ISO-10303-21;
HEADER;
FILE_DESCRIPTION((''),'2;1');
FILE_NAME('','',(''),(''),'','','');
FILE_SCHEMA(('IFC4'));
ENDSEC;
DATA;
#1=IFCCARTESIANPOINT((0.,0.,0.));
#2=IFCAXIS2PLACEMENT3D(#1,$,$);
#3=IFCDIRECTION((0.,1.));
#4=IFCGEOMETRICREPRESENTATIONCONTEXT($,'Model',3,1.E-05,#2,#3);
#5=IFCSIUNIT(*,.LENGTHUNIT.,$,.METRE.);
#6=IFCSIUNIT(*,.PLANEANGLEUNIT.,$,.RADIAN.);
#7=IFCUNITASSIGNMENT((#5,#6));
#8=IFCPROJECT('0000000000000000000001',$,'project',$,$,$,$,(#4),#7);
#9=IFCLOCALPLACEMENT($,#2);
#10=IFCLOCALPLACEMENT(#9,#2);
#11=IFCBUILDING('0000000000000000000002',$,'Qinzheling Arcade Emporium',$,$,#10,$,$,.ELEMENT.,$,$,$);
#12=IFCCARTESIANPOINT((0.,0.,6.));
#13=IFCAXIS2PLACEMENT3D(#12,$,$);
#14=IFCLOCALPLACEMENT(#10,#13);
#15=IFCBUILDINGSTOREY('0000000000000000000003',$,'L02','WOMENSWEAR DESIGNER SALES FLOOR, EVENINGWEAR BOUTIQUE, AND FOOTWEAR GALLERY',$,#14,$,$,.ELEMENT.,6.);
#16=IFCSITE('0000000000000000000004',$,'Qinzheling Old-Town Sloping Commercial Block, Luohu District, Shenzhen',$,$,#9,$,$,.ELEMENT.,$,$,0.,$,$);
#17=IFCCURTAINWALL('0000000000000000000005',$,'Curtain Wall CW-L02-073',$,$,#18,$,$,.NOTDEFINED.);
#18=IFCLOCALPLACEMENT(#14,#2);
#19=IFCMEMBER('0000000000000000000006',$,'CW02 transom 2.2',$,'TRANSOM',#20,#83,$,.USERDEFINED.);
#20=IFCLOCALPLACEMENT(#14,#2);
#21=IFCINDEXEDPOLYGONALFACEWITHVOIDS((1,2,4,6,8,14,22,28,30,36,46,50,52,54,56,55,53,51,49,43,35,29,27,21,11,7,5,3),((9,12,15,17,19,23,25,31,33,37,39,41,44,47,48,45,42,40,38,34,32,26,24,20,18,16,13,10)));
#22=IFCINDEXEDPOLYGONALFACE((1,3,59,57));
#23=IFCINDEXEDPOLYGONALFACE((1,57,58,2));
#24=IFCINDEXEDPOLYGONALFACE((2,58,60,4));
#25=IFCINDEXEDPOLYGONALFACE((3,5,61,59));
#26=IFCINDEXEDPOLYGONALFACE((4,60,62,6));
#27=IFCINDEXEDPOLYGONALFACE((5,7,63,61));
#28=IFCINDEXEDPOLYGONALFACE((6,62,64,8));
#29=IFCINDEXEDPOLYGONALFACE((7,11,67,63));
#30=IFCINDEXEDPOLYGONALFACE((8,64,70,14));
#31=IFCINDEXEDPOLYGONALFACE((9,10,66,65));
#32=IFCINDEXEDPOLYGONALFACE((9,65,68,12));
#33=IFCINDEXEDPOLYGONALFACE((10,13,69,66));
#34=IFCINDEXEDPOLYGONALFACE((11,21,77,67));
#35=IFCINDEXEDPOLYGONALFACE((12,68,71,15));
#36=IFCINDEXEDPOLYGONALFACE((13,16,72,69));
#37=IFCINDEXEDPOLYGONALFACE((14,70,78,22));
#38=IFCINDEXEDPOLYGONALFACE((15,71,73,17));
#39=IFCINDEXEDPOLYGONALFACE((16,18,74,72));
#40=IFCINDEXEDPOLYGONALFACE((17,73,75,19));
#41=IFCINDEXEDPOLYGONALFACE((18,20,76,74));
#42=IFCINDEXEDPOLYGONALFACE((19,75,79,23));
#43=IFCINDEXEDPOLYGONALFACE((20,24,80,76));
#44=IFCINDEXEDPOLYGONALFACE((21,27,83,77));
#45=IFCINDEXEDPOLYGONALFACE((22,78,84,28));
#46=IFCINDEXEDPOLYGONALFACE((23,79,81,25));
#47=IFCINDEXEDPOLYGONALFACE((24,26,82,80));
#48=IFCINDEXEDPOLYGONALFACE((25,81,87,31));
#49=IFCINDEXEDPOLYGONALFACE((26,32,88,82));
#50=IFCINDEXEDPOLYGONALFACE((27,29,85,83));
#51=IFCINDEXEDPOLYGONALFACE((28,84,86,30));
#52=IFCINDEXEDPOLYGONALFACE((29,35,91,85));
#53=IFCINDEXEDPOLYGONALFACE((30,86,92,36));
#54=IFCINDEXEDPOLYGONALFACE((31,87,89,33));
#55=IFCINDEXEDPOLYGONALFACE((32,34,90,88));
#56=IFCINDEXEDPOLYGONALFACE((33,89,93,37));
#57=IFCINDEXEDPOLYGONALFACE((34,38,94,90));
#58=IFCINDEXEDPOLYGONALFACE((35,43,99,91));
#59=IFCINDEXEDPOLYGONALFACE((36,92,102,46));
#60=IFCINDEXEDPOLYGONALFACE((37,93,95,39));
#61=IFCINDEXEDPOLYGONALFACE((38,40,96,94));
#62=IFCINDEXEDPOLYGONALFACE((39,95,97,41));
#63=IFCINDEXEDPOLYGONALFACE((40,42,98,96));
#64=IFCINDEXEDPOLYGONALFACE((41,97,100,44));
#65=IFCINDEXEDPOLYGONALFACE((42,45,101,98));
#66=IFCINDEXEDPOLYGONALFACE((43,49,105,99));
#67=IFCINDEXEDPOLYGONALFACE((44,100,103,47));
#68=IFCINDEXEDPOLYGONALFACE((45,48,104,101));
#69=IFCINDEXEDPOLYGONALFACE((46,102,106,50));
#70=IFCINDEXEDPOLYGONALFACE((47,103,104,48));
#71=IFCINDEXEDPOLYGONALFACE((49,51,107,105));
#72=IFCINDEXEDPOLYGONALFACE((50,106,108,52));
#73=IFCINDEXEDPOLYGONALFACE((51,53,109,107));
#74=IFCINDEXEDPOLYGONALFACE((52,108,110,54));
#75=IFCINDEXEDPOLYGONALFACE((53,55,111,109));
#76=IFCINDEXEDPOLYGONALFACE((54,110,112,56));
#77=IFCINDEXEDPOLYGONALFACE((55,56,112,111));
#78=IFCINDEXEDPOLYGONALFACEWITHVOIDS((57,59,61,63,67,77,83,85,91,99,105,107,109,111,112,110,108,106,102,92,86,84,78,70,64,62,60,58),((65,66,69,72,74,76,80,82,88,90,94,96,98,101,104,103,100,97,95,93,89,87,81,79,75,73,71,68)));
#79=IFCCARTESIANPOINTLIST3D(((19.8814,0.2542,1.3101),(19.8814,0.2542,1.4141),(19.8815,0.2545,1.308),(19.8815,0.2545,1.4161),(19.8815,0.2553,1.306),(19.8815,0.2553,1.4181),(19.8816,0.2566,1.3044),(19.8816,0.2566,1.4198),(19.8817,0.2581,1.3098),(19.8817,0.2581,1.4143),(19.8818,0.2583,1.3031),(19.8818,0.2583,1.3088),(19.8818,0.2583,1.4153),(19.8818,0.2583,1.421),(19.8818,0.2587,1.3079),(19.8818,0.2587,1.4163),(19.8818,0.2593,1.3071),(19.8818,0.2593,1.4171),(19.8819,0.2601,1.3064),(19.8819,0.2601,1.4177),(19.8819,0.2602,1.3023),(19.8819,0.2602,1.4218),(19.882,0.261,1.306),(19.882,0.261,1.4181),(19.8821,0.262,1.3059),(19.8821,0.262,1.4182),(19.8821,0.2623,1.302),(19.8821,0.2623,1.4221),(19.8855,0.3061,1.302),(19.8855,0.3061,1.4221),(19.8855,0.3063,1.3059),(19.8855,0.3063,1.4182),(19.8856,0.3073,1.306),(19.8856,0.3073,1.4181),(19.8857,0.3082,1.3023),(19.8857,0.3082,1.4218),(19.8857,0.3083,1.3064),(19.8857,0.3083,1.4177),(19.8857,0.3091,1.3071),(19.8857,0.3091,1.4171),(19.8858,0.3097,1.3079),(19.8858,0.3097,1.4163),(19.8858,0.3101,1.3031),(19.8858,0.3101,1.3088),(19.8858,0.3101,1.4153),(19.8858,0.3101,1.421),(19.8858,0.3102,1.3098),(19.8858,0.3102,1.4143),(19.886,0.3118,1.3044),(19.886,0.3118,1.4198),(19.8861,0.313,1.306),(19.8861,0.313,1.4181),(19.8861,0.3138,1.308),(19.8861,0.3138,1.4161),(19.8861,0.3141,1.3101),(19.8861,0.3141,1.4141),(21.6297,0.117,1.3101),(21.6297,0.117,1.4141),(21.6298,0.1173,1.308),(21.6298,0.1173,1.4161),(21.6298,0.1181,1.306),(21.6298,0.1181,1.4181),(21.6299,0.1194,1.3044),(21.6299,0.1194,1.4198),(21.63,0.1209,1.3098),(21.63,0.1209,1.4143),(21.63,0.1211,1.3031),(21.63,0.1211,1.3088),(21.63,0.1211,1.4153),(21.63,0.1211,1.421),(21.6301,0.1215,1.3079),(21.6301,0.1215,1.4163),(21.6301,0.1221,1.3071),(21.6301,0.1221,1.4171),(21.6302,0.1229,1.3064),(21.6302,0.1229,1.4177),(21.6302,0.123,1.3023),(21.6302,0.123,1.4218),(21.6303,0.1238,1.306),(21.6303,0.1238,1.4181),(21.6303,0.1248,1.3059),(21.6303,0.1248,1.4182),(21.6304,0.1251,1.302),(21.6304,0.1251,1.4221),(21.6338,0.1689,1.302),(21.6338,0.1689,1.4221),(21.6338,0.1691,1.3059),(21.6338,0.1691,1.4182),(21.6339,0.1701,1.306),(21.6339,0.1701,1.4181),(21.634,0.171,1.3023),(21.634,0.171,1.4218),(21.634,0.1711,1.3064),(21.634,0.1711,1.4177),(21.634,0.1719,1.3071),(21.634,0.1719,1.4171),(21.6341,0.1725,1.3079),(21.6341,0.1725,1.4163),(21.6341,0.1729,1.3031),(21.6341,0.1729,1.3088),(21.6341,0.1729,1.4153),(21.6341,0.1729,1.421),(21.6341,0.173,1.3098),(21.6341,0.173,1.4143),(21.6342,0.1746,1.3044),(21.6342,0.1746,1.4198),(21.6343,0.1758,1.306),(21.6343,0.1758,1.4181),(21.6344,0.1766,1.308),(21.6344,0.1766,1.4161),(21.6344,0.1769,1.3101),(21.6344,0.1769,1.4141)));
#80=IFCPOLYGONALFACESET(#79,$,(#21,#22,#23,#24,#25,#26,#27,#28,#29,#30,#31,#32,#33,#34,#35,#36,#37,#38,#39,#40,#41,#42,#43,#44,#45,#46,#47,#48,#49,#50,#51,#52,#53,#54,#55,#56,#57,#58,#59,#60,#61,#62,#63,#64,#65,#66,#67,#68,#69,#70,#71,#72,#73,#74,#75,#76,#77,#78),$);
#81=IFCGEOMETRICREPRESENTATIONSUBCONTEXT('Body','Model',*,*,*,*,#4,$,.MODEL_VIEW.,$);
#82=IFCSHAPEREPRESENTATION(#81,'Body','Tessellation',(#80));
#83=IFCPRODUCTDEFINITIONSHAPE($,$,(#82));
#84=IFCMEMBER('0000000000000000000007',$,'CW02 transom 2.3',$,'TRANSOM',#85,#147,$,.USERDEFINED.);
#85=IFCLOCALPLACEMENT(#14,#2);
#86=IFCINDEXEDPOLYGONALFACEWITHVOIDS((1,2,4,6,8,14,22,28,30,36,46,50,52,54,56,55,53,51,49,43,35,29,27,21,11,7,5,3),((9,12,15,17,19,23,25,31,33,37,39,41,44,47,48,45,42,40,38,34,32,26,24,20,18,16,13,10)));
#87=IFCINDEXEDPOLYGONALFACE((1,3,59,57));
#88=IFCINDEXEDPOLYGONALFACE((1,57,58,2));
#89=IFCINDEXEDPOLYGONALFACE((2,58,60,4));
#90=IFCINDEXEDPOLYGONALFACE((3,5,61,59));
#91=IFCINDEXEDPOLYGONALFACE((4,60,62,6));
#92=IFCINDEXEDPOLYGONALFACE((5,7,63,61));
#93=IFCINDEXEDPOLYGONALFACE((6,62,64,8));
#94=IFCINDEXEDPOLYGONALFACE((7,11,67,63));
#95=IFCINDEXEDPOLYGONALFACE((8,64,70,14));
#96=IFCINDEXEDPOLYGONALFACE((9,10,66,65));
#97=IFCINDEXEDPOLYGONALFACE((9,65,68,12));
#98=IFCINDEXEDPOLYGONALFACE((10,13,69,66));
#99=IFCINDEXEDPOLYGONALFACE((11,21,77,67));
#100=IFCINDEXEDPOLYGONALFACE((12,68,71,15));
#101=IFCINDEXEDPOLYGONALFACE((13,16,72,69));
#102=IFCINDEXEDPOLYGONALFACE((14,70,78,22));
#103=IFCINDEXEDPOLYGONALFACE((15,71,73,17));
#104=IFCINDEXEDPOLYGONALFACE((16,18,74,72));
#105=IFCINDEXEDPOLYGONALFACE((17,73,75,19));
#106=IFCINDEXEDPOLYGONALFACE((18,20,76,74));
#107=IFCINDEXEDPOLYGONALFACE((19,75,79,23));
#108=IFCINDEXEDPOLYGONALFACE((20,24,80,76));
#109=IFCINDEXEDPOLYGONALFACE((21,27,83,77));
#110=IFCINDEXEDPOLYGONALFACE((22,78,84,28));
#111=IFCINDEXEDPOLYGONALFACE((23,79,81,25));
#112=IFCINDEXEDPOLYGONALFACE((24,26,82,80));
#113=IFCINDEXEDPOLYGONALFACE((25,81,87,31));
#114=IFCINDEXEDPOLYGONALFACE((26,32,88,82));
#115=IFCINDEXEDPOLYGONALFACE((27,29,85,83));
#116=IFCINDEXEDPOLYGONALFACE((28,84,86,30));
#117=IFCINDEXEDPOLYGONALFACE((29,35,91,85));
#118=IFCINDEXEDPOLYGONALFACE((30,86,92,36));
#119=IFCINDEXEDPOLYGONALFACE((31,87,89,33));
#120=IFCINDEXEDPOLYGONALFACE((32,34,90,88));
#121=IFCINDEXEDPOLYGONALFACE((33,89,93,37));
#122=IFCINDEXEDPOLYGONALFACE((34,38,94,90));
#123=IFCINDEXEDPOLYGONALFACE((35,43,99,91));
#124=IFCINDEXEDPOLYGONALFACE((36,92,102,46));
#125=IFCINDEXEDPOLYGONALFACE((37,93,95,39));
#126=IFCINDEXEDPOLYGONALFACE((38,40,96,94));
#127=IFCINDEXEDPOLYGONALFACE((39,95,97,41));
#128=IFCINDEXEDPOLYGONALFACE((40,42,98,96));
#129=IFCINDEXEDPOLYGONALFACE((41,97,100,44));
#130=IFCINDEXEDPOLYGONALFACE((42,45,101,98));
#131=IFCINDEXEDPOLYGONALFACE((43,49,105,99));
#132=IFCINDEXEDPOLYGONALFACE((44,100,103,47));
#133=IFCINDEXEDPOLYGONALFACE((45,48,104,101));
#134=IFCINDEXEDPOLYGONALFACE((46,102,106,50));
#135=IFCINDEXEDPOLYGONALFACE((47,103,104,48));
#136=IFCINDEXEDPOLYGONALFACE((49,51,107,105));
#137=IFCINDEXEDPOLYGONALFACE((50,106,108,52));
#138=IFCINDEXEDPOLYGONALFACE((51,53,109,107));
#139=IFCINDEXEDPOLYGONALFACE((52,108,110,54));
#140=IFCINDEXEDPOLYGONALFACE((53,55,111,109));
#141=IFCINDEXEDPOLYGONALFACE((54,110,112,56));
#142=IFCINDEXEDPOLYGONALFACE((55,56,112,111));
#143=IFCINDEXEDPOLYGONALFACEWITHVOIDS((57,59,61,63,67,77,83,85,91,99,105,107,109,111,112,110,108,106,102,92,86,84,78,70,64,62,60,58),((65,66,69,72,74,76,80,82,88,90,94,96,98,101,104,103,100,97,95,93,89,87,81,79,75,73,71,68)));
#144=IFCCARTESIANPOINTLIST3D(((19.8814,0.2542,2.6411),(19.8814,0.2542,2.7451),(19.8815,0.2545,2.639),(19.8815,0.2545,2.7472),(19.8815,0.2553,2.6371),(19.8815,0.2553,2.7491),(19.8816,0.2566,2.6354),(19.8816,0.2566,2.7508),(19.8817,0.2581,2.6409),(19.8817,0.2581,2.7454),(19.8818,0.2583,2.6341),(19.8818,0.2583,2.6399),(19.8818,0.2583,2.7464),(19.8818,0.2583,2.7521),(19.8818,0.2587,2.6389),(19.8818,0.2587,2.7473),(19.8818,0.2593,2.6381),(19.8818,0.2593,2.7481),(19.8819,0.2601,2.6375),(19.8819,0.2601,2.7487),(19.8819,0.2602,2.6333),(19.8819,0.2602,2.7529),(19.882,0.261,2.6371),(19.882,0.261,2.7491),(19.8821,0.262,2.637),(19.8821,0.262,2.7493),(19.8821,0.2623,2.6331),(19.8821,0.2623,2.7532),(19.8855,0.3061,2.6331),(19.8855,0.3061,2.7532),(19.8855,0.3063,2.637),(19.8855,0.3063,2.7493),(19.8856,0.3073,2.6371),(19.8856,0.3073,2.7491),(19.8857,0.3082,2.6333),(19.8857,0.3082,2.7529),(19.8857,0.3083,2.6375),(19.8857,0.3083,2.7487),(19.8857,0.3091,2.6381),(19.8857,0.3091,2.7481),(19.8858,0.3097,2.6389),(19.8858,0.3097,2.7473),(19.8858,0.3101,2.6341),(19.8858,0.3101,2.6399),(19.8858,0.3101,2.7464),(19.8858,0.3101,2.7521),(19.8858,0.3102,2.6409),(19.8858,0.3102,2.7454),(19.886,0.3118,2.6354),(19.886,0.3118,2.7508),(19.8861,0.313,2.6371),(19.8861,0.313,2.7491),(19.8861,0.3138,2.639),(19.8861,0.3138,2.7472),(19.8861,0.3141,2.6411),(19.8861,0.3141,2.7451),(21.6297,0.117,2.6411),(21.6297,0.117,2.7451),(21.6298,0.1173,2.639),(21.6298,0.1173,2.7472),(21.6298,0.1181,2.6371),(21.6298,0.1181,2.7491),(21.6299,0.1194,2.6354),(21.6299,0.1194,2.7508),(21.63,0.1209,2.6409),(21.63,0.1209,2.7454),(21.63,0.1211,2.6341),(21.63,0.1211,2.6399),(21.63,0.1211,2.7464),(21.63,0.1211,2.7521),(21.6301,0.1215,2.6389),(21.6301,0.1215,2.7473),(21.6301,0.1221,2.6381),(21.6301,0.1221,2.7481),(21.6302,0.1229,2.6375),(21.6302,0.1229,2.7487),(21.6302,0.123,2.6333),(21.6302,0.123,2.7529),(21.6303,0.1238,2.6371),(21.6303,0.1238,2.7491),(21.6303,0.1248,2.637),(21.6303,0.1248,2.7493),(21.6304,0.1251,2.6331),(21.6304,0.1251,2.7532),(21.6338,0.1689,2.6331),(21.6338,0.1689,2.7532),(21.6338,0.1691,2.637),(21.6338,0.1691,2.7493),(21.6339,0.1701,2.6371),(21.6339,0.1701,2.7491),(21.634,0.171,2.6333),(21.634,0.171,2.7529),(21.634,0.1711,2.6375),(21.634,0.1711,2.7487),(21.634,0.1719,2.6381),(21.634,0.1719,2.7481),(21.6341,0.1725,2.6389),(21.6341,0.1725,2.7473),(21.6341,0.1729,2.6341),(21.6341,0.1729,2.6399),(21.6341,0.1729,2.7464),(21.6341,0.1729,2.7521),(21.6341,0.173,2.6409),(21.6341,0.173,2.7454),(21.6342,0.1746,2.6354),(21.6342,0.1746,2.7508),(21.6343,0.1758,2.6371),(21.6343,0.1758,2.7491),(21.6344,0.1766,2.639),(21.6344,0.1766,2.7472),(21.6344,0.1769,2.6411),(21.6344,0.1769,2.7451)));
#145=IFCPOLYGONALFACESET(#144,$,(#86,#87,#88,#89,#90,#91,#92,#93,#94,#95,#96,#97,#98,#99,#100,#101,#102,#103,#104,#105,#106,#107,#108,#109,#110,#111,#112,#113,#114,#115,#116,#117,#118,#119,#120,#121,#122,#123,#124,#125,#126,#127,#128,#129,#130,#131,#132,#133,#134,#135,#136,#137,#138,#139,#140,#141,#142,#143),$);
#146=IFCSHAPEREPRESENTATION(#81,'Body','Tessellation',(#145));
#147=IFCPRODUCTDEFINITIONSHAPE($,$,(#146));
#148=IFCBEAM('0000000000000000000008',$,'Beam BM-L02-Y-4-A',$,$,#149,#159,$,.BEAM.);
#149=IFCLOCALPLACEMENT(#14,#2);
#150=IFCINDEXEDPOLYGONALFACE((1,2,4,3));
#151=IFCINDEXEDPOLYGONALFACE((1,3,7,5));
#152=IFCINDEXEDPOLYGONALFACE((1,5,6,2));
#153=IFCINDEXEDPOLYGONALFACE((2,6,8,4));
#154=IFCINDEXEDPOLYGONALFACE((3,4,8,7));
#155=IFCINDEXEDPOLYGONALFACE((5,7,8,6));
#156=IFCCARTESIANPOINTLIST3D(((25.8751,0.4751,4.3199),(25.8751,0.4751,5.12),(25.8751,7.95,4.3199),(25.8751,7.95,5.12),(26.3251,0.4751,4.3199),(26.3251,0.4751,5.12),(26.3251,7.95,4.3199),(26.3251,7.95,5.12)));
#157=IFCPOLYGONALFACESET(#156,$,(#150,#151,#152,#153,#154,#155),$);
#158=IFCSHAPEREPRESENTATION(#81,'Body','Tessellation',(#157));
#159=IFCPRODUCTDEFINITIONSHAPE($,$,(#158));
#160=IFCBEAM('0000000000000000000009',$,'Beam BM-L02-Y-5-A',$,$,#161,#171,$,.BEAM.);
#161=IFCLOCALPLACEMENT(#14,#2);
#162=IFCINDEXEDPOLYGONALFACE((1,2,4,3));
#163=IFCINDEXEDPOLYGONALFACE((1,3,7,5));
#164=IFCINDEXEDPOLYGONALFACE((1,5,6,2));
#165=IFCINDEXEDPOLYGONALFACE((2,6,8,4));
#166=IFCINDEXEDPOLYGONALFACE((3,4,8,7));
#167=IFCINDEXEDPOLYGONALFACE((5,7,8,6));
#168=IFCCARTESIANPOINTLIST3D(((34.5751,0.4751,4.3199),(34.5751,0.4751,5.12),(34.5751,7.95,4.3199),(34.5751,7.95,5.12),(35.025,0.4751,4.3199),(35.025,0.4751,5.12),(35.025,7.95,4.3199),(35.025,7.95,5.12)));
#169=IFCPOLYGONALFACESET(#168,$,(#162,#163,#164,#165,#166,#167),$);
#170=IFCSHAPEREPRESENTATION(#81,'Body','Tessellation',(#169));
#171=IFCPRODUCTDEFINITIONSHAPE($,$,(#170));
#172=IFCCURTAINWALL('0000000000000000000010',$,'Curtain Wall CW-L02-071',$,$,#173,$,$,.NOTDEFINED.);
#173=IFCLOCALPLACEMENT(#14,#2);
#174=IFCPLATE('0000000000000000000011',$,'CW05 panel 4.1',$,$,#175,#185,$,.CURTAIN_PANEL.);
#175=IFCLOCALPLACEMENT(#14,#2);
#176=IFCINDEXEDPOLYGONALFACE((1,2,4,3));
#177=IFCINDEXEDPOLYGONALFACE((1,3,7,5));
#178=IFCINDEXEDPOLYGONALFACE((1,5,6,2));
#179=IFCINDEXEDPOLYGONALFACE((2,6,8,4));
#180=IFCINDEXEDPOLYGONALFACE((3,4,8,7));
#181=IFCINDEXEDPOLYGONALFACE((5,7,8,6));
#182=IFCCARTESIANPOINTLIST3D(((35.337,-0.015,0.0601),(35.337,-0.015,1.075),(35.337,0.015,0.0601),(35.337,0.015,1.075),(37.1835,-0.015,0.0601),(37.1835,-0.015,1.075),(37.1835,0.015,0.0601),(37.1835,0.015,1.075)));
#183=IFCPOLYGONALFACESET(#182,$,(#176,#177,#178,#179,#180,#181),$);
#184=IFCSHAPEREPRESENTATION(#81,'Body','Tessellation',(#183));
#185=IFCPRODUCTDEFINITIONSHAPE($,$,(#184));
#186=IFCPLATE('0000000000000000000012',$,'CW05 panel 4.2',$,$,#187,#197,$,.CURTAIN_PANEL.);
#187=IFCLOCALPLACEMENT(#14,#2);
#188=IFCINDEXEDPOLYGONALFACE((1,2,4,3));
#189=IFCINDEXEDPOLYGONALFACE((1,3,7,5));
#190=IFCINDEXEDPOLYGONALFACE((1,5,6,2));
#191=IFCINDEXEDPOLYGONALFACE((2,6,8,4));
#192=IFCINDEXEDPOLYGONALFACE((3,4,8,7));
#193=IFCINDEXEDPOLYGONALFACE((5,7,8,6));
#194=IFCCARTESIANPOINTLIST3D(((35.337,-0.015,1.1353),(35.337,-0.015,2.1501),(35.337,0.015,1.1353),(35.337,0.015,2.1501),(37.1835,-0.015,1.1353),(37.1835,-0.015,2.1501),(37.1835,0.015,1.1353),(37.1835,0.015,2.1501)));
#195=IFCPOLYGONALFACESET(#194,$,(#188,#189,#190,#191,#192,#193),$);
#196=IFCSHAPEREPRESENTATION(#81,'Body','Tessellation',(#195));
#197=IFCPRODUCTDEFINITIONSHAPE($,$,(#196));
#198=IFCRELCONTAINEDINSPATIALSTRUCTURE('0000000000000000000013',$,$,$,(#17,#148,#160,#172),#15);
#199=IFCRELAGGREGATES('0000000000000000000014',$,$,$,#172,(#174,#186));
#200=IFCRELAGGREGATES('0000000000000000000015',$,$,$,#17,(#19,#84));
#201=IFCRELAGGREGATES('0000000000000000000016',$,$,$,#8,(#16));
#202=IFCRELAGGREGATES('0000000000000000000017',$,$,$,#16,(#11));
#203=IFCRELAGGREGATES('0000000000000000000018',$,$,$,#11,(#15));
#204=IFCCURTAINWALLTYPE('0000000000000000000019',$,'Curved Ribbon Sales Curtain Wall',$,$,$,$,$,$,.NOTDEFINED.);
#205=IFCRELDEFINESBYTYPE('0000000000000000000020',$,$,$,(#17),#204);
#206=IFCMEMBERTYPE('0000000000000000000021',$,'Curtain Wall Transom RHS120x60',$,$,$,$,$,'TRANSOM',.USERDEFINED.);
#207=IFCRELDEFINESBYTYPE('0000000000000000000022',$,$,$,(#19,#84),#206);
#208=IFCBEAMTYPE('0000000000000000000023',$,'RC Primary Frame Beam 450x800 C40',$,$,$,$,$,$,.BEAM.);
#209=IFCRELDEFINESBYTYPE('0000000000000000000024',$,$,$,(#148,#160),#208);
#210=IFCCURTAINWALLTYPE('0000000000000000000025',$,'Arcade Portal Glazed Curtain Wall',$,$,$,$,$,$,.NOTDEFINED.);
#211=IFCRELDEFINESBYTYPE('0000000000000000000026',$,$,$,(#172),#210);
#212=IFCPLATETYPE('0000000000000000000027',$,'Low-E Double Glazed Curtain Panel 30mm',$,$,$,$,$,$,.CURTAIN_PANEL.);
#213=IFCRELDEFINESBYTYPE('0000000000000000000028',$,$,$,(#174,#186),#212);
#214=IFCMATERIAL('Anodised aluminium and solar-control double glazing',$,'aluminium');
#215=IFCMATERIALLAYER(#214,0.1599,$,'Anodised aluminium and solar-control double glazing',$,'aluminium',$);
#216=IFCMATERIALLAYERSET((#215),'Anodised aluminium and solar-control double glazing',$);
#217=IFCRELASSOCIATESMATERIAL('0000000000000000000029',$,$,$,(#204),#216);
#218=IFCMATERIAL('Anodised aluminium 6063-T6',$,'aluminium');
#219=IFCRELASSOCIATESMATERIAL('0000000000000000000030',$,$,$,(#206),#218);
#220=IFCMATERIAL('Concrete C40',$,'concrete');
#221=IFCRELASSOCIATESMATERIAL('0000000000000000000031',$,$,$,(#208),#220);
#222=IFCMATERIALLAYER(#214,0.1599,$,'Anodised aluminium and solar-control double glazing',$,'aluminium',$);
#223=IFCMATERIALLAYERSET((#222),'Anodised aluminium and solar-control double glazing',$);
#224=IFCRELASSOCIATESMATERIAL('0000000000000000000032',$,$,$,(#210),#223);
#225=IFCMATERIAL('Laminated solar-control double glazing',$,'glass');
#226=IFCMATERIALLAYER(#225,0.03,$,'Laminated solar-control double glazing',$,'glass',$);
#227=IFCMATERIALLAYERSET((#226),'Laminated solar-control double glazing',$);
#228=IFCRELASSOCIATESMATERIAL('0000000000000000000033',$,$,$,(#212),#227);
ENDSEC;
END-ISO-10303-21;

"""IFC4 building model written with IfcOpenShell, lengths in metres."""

from ifc_helpers import new_model, si_unit, direction, frame, origin, origin_2d, place, context, subcontext, project, spatial, rectangle, hollow_rectangle, extrude, material, layer, layer_set, material_profile, profile_set, type_object, element, aggregate, save


model = new_model("IFC4")

# Units and contexts
model_context = context("Model", 3, precision=1e-05, world=origin(), true_north=direction((0.0, 1.0)))
body_context = subcontext(model_context, "Body", "Model", "MODEL_VIEW")
ifc_project = project(units=[si_unit("LENGTHUNIT", "METRE"), si_unit("PLANEANGLEUNIT", "RADIAN")], contexts=[model_context])

# Site, building, storey
site_placement = place(None, origin())
site = spatial("IfcSite", under=ifc_project, at=site_placement, Name="Qinzheling Old-Town Sloping Commercial Block, Luohu District, Shenzhen", CompositionType="ELEMENT", RefElevation=0.0)
building_placement = place(site_placement, origin())
building = spatial("IfcBuilding", under=site, at=building_placement, Name="Qinzheling Arcade Emporium", CompositionType="ELEMENT")
storey_placement = place(building_placement, frame((0.0, 0.0, 6.0)))
storey = spatial("IfcBuildingStorey", under=building, at=storey_placement, Name="L02", Description="WOMENSWEAR DESIGNER SALES FLOOR, EVENINGWEAR BOUTIQUE, AND FOOTWEAR GALLERY", CompositionType="ELEMENT", Elevation=6.0)

# Curtain wall, members
ifc_material_1 = material(Name="Anodised aluminium and solar-control double glazing", Category="aluminium")
ifc_layer_1 = layer(ifc_material_1, 0.1599, Name="Anodised aluminium and solar-control double glazing", Category="aluminium")
ifc_layer_set_1 = layer_set([ifc_layer_1], Name="Anodised aluminium and solar-control double glazing")
curtain_wall_type_1 = type_object("IfcCurtainWallType", Name="Curved Ribbon Sales Curtain Wall", PredefinedType="NOTDEFINED", material=ifc_layer_set_1)
curtain_wall_1_placement = place(storey_placement, origin())
curtain_wall_1 = element("IfcCurtainWall", 1, at=curtain_wall_1_placement, inside=storey, type_object=curtain_wall_type_1, Name="Curtain Wall CW-L02-073", PredefinedType="NOTDEFINED")
ifc_material_2 = material(Name="Anodised aluminium 6063-T6", Category="aluminium")
ifc_material_profile_1 = material_profile(ifc_material_2, hollow_rectangle(XDim=0.0601, YDim=0.1201, WallThickness=0.0039, InnerFilletRadius=0.0039, OuterFilletRadius=0.0081, at=origin_2d()), Name="RHS 120x60x4", Category="aluminium")
ifc_profile_set_1 = profile_set([ifc_material_profile_1], Name="Anodised aluminium 6063-T6")
member_type_1 = type_object("IfcMemberType", Name="Curtain Wall Transom RHS120x60", ElementType="TRANSOM", PredefinedType="USERDEFINED", material=ifc_profile_set_1)
member_1_placement = place(storey_placement, frame((21.6321, 0.147, 1.3621), z_axis=(-0.996935, 0.07824, 0.0), x_axis=(-0.07824, -0.996935, 0.0)))
member_1 = element("IfcMember", 2, at=member_1_placement, type_object=member_type_1, Name="CW02 transom 2.2", ObjectType="TRANSOM", PredefinedType="USERDEFINED", context=body_context, shape_type="SweptSolid", body=[
    extrude(hollow_rectangle(XDim=0.0601, YDim=0.1201, WallThickness=0.0039, InnerFilletRadius=0.0039, OuterFilletRadius=0.0081, at=origin_2d()), origin(), (0.0, 0.0, 1.0), 1.7537),
])
member_2_placement = place(storey_placement, frame((21.6321, 0.147, 2.6931), z_axis=(-0.996935, 0.07824, 0.0), x_axis=(-0.07824, -0.996935, 0.0)))
member_2 = element("IfcMember", 3, at=member_2_placement, type_object=member_type_1, Name="CW02 transom 2.3", ObjectType="TRANSOM", PredefinedType="USERDEFINED", context=body_context, shape_type="SweptSolid", body=[
    extrude(hollow_rectangle(XDim=0.0601, YDim=0.1201, WallThickness=0.0039, InnerFilletRadius=0.0039, OuterFilletRadius=0.0081, at=origin_2d()), origin(), (0.0, 0.0, 1.0), 1.7537),
])

# Beams
ifc_material_3 = material(Name="Concrete C40", Category="concrete")
ifc_material_profile_2 = material_profile(ifc_material_3, rectangle(XDim=0.45, YDim=0.8, at=origin_2d()), Name="RC 450x800", Category="concrete")
ifc_profile_set_2 = profile_set([ifc_material_profile_2], Name="Concrete C40")
beam_type_1 = type_object("IfcBeamType", Name="RC Primary Frame Beam 450x800 C40", PredefinedType="BEAM", material=ifc_profile_set_2)
for number, where, z_axis, x_axis, name in (
    (4, (26.1001, 0.4751, 4.72), (0.0, 1.0, 0.0), (-1.0, 0.0, 0.0), "Beam BM-L02-Y-4-A"),
    (5, (34.8, 0.4751, 4.72), (0.0, 1.0, 0.0), (-1.0, 0.0, 0.0), "Beam BM-L02-Y-5-A"),
):
    element("IfcBeam", number, at=place(storey_placement, frame(where, z_axis=z_axis, x_axis=x_axis)), inside=storey, type_object=beam_type_1, Name=name, PredefinedType="BEAM", context=body_context, shape_type="SweptSolid", body=[
        extrude(rectangle(XDim=0.45, YDim=0.8, at=origin_2d()), origin(), (0.0, 0.0, 1.0), 7.4749),
    ])

# Curtain wall, plates
ifc_layer_2 = layer(ifc_material_1, 0.1599, Name="Anodised aluminium and solar-control double glazing", Category="aluminium")
ifc_layer_set_2 = layer_set([ifc_layer_2], Name="Anodised aluminium and solar-control double glazing")
curtain_wall_type_2 = type_object("IfcCurtainWallType", Name="Arcade Portal Glazed Curtain Wall", PredefinedType="NOTDEFINED", material=ifc_layer_set_2)
curtain_wall_2_placement = place(storey_placement, origin())
curtain_wall_2 = element("IfcCurtainWall", 6, at=curtain_wall_2_placement, inside=storey, type_object=curtain_wall_type_2, Name="Curtain Wall CW-L02-071", PredefinedType="NOTDEFINED")
ifc_material_4 = material(Name="Laminated solar-control double glazing", Category="glass")
ifc_layer_3 = layer(ifc_material_4, 0.03, Name="Laminated solar-control double glazing", Category="glass")
ifc_layer_set_3 = layer_set([ifc_layer_3], Name="Laminated solar-control double glazing")
plate_type_1 = type_object("IfcPlateType", Name="Low-E Double Glazed Curtain Panel 30mm", PredefinedType="CURTAIN_PANEL", material=ifc_layer_set_3)
plate_1_placement = place(storey_placement, frame((36.2603, 0.0, 0.0601), z_axis=(0.0, 0.0, 1.0), x_axis=(-1.0, 0.0, 0.0)))
plate_1 = element("IfcPlate", 7, at=plate_1_placement, type_object=plate_type_1, Name="CW05 panel 4.1", PredefinedType="CURTAIN_PANEL", context=body_context, shape_type="SweptSolid", body=[
    extrude(rectangle(XDim=1.8464, YDim=0.03, at=origin_2d()), origin(), (0.0, 0.0, 1.0), 1.0149),
])
plate_2_placement = place(storey_placement, frame((36.2603, 0.0, 1.1353), z_axis=(0.0, 0.0, 1.0), x_axis=(-1.0, 0.0, 0.0)))
plate_2 = element("IfcPlate", 8, at=plate_2_placement, type_object=plate_type_1, Name="CW05 panel 4.2", PredefinedType="CURTAIN_PANEL", context=body_context, shape_type="SweptSolid", body=[
    extrude(rectangle(XDim=1.8464, YDim=0.03, at=origin_2d()), origin(), (0.0, 0.0, 1.0), 1.0149),
])
aggregate(curtain_wall_2, [plate_1, plate_2])

aggregate(curtain_wall_1, [member_1, member_2])

save(model, "model.ifc")
